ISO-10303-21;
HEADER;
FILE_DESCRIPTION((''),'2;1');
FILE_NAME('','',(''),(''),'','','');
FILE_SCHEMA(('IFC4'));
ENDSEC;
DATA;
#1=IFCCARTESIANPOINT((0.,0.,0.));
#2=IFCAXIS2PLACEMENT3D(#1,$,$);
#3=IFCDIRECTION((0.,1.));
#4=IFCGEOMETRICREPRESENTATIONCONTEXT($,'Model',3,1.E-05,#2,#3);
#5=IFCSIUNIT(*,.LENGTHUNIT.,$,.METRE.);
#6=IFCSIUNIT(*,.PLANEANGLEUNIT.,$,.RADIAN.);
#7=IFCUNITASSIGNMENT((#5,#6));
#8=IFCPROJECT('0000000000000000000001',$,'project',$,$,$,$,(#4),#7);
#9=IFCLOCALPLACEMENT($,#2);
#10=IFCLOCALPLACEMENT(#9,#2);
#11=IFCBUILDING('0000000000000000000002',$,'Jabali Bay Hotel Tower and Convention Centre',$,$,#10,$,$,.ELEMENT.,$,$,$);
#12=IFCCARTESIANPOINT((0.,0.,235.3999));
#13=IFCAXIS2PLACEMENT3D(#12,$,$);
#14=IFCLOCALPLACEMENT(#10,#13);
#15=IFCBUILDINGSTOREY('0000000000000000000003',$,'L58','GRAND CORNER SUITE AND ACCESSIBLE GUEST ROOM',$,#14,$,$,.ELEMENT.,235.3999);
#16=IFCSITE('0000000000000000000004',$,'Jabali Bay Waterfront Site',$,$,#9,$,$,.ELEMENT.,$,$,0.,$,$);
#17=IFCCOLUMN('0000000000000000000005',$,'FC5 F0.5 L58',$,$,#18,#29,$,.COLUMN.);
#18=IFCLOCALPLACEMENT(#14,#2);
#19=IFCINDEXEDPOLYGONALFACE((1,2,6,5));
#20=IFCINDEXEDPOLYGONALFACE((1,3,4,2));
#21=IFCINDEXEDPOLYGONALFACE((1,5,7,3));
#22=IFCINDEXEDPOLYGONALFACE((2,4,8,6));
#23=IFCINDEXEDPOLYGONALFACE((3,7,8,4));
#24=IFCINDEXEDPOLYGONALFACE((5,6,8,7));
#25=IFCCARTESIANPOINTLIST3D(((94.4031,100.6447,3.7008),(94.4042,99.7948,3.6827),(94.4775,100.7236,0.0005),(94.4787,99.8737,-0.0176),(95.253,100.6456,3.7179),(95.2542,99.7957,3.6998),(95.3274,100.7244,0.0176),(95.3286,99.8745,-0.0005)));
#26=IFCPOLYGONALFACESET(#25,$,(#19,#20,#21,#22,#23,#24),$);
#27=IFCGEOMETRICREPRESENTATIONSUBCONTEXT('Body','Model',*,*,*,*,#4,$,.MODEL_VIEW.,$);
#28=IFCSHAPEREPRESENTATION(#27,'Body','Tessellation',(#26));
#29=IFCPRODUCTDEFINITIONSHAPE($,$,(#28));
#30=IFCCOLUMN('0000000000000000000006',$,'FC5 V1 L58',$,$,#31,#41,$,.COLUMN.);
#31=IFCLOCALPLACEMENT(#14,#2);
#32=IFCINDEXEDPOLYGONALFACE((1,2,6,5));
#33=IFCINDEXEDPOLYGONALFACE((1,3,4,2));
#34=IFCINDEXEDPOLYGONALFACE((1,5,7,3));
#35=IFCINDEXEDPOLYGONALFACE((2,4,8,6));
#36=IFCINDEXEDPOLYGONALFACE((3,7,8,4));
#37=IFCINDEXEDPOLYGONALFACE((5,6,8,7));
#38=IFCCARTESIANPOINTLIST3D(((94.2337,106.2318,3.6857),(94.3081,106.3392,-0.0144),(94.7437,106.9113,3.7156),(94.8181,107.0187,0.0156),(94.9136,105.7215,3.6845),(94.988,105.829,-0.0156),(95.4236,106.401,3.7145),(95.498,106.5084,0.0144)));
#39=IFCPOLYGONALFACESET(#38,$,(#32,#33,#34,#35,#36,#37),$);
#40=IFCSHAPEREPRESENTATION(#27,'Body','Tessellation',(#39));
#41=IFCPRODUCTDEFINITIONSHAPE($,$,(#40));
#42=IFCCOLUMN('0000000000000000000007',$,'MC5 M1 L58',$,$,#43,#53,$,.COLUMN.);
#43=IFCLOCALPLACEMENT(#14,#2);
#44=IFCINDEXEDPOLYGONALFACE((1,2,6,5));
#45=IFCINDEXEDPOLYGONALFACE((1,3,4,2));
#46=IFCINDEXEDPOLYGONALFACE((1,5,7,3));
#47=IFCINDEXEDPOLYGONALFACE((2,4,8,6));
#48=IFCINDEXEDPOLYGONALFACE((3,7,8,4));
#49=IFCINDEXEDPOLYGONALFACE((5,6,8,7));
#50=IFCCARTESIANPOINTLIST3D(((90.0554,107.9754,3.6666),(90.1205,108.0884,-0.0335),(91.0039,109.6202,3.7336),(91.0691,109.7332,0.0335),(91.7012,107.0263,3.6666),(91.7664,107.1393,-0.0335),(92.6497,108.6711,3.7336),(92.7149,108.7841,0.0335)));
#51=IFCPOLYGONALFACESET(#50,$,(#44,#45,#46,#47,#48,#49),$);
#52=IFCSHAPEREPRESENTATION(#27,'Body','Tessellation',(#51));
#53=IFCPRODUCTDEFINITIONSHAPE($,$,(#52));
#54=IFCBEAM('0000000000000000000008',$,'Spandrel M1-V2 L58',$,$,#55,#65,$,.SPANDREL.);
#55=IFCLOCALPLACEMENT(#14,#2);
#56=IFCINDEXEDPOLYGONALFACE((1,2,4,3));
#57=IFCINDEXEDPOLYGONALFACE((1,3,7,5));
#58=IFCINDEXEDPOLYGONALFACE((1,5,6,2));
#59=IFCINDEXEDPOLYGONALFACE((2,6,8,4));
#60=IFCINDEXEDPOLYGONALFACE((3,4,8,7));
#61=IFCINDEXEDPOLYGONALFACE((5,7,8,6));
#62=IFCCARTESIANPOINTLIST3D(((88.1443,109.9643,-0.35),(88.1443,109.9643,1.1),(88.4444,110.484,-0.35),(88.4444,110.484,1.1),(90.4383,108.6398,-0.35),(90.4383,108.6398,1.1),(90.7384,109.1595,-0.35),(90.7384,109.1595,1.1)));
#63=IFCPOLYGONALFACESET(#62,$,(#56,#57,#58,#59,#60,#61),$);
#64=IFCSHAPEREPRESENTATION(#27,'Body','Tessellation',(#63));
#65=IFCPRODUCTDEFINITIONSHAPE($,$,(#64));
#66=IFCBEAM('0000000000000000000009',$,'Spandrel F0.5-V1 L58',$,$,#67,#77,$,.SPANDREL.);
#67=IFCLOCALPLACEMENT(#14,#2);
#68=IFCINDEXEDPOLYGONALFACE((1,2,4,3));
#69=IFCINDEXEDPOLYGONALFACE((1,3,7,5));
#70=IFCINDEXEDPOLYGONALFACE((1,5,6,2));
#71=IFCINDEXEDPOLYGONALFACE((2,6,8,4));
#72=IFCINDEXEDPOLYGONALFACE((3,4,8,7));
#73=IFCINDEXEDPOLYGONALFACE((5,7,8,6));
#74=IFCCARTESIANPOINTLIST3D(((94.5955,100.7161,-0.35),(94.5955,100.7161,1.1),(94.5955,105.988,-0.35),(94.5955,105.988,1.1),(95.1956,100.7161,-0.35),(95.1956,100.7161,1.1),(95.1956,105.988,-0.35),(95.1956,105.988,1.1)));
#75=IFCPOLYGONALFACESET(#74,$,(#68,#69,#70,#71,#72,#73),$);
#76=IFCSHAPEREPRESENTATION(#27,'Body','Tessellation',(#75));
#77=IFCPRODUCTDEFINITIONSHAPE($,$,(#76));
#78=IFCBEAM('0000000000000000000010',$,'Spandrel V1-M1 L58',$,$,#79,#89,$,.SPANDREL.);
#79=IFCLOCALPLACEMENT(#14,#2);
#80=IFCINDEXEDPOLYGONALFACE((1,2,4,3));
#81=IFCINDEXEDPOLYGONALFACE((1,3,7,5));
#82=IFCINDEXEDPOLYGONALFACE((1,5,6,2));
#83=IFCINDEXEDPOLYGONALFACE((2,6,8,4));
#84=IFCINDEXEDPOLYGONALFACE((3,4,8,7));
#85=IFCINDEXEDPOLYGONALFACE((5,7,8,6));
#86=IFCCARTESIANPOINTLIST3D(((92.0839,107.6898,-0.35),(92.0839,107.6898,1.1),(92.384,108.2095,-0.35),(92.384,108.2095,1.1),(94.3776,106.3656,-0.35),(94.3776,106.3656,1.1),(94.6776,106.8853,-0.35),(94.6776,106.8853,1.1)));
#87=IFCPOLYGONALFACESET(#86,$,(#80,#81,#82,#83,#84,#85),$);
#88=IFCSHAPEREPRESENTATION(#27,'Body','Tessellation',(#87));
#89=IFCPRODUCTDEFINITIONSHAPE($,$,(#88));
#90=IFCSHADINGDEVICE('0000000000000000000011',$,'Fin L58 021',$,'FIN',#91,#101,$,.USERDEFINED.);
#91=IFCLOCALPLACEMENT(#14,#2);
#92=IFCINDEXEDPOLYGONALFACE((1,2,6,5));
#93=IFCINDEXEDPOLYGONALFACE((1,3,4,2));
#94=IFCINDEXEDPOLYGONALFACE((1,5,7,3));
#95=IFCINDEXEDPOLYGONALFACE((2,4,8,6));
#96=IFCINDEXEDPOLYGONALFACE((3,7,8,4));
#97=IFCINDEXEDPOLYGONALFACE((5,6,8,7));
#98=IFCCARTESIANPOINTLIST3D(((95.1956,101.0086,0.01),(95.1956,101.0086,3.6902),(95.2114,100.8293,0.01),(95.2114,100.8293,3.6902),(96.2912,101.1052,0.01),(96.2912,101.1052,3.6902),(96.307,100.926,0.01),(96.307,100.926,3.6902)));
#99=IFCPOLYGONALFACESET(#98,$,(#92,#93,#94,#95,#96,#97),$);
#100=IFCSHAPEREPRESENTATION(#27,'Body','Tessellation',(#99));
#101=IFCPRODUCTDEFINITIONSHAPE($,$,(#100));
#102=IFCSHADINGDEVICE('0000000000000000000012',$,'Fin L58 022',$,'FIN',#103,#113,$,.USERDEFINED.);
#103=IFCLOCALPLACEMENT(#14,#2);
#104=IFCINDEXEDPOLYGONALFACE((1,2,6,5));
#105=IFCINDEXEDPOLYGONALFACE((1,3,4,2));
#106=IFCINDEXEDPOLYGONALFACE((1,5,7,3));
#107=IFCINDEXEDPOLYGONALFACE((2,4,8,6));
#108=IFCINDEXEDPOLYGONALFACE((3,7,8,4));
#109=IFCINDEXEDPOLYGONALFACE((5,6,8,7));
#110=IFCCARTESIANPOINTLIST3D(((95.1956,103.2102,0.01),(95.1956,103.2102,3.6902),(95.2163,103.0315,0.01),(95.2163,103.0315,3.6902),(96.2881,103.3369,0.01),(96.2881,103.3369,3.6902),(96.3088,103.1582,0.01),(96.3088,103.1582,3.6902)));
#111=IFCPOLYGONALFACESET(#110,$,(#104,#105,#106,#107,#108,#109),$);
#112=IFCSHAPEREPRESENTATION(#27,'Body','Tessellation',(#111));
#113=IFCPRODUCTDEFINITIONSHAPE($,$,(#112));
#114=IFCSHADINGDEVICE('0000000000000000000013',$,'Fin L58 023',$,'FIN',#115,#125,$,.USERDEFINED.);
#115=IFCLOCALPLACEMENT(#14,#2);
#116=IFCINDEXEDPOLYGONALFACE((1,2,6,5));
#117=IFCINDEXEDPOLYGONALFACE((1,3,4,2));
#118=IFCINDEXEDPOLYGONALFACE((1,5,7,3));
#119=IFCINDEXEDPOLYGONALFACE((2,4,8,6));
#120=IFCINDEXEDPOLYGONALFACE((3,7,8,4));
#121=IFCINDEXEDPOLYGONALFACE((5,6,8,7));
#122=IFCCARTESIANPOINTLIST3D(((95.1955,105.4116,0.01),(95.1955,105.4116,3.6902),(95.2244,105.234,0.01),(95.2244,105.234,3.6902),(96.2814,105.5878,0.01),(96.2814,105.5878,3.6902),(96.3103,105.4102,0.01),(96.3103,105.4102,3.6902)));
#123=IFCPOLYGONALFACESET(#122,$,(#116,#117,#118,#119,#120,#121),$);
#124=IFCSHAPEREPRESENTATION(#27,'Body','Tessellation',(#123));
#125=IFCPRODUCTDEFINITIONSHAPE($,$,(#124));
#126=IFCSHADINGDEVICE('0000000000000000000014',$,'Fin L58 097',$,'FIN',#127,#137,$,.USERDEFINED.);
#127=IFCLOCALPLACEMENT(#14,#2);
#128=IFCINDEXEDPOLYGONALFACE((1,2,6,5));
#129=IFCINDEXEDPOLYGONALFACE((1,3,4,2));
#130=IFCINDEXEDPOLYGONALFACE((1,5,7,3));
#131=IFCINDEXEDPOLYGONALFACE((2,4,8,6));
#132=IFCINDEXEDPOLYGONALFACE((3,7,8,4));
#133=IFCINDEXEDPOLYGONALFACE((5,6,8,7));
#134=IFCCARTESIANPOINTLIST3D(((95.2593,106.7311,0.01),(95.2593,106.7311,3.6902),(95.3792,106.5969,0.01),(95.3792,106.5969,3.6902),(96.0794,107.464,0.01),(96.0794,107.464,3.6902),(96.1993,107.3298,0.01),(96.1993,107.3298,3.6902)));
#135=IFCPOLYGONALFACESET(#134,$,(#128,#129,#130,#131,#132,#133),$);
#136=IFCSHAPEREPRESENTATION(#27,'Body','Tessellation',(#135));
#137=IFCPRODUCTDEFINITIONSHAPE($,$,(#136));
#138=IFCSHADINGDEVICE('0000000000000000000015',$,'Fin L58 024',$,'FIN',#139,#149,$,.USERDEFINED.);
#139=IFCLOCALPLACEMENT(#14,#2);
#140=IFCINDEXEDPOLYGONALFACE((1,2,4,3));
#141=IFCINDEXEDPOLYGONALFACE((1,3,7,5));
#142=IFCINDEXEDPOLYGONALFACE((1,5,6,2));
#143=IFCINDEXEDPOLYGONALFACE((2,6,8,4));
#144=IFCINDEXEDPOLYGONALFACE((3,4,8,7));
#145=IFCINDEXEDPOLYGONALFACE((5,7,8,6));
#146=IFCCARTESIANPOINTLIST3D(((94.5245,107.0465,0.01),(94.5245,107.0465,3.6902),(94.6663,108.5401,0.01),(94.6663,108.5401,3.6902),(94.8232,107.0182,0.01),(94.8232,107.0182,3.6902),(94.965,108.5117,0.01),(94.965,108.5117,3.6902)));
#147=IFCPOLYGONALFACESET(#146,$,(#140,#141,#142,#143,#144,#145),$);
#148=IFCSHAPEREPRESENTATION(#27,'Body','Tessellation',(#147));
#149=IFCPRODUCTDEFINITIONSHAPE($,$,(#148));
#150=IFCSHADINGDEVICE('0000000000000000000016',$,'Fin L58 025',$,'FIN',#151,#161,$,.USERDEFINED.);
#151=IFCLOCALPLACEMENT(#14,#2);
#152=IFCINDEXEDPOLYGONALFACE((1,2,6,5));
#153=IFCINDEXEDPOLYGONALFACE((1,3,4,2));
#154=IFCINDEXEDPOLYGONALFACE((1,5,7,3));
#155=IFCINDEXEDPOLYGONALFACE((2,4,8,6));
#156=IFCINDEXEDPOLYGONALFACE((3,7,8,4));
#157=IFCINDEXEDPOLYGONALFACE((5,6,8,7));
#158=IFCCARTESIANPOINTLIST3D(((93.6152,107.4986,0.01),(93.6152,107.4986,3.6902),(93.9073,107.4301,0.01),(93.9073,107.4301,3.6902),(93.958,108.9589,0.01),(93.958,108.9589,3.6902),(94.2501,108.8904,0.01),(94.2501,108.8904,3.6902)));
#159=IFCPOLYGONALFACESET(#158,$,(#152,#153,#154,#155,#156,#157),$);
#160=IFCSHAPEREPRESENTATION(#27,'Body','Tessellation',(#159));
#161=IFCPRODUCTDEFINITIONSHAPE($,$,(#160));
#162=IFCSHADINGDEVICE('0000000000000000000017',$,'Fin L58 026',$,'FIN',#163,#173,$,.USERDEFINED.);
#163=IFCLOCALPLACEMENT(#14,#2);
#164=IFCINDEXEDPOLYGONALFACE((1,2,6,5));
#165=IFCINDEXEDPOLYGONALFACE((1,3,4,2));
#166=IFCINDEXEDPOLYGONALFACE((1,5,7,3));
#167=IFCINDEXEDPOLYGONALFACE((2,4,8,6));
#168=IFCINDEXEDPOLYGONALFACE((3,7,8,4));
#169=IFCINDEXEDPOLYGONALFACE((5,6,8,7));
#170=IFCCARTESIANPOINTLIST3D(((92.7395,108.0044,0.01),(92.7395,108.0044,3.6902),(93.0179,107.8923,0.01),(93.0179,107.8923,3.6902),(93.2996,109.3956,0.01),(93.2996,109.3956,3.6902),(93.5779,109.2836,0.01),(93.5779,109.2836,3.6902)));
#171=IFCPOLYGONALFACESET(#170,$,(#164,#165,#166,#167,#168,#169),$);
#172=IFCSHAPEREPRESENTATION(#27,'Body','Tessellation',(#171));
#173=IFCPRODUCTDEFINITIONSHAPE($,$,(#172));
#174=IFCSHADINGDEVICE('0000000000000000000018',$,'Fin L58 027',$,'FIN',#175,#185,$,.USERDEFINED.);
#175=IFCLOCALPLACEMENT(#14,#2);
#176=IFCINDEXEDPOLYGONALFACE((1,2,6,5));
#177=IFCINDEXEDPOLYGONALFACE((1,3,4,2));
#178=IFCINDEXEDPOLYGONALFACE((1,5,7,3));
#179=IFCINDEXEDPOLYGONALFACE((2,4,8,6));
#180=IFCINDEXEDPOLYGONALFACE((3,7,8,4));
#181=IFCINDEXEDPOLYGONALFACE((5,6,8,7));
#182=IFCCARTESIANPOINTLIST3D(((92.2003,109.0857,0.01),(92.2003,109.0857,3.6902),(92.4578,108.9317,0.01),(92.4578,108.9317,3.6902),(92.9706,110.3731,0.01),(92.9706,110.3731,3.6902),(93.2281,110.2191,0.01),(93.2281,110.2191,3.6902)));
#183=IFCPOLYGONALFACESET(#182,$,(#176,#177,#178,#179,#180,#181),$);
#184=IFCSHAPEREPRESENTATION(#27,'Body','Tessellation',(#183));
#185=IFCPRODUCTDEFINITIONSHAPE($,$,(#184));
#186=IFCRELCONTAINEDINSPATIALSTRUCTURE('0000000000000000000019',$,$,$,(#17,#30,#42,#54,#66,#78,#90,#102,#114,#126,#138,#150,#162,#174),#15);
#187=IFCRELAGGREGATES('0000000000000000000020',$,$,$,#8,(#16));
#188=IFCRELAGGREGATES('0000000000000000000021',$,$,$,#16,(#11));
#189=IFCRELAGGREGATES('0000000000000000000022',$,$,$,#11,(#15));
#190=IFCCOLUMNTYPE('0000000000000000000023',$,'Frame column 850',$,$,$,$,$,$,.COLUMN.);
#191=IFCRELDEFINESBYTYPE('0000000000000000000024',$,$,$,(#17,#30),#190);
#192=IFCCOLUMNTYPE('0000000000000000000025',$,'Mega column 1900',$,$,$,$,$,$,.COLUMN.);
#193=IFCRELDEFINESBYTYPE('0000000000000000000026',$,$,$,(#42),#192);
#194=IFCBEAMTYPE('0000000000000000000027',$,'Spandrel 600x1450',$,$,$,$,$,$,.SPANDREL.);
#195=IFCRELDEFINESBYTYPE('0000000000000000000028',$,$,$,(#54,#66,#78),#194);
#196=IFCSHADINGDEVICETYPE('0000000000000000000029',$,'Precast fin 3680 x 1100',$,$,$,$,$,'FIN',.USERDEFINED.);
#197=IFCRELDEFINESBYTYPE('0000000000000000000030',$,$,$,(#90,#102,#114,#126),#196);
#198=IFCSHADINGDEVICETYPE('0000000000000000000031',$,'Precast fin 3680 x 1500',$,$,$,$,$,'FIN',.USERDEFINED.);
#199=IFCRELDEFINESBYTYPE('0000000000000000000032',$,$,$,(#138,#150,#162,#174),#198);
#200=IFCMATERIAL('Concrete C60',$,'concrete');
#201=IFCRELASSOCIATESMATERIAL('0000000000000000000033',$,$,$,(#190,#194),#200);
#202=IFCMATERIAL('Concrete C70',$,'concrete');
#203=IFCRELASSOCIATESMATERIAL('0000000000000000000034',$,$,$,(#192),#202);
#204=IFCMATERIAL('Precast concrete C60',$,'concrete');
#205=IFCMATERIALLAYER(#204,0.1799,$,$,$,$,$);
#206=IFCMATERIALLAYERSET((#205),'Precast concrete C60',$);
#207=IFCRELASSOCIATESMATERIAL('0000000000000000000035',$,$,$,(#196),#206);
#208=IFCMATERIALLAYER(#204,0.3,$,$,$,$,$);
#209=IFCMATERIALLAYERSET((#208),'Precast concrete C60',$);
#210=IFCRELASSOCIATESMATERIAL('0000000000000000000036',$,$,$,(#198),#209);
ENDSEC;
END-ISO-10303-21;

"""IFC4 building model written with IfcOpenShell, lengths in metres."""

from ifc_helpers import new_model, si_unit, direction, frame, frame_2d, origin, origin_2d, place, context, subcontext, project, spatial, rectangle, extrude, material, layer, layer_set, material_profile, profile_set, type_object, element, save


model = new_model("IFC4")

# Units and contexts
model_context = context("Model", 3, precision=1e-05, world=origin(), true_north=direction((0.0, 1.0)))
body_context = subcontext(model_context, "Body", "Model", "MODEL_VIEW")
ifc_project = project(units=[si_unit("LENGTHUNIT", "METRE"), si_unit("PLANEANGLEUNIT", "RADIAN")], contexts=[model_context])

# Site, building, storey
site_placement = place(None, origin())
site = spatial("IfcSite", under=ifc_project, at=site_placement, Name="Jabali Bay Waterfront Site", CompositionType="ELEMENT", RefElevation=0.0)
building_placement = place(site_placement, origin())
building = spatial("IfcBuilding", under=site, at=building_placement, Name="Jabali Bay Hotel Tower and Convention Centre", CompositionType="ELEMENT")
storey_placement = place(building_placement, frame((0.0, 0.0, 235.3999)))
storey = spatial("IfcBuildingStorey", under=building, at=storey_placement, Name="L58", Description="GRAND CORNER SUITE AND ACCESSIBLE GUEST ROOM", CompositionType="ELEMENT", Elevation=235.3999)

# Columns
ifc_material_1 = material(Name="Concrete C60", Category="concrete")
ifc_material_profile_1 = material_profile(ifc_material_1, rectangle(XDim=0.8501, YDim=0.8501, at=origin_2d()), Name="Frame column 850")
ifc_profile_set_1 = profile_set([ifc_material_profile_1], Name="Concrete C60")
column_type_1 = type_object("IfcColumnType", Name="Frame column 850", PredefinedType="COLUMN", material=ifc_profile_set_1)
column_1_placement = place(storey_placement, frame((94.9031, 100.2991, 0.0), z_axis=(-0.020115, -0.021303, 0.999571), x_axis=(0.999797, 0.000976, 0.020141)))
element("IfcColumn", 1, at=column_1_placement, inside=storey, type_object=column_type_1, Name="FC5 F0.5 L58", PredefinedType="COLUMN", context=body_context, shape_type="SweptSolid", body=[
    extrude(rectangle(XDim=0.8501, YDim=0.8501, at=origin_2d()), origin(), (0.0, 0.0, 1.0), 3.7019),
])
column_2_placement = place(storey_placement, frame((94.9031, 106.4238, 0.0), z_axis=(-0.020111, -0.029013, 0.999377), x_axis=(0.599942, 0.799265, 0.035277)))
element("IfcColumn", 2, at=column_2_placement, inside=storey, type_object=column_type_1, Name="FC5 V1 L58", PredefinedType="COLUMN", context=body_context, shape_type="SweptSolid", body=[
    extrude(rectangle(XDim=0.8501, YDim=0.8501, at=origin_2d()), origin(), (0.0, 0.0, 1.0), 3.7024),
])
ifc_material_2 = material(Name="Concrete C70", Category="concrete")
ifc_material_profile_2 = material_profile(ifc_material_2, rectangle(XDim=1.8999, YDim=1.8999, at=origin_2d()), Name="Mega column 1900")
ifc_profile_set_2 = profile_set([ifc_material_profile_2], Name="Concrete C70")
column_type_2 = type_object("IfcColumnType", Name="Mega column 1900", PredefinedType="COLUMN", material=ifc_profile_set_2)
column_3_placement = place(storey_placement, frame((91.4177, 108.4363, 0.0), z_axis=(-0.017606, -0.03053, 0.999379), x_axis=(0.866282, -0.499555, 0.0)))
element("IfcColumn", 3, at=column_3_placement, inside=storey, type_object=column_type_2, Name="MC5 M1 L58", PredefinedType="COLUMN", context=body_context, shape_type="SweptSolid", body=[
    extrude(rectangle(XDim=1.8999, YDim=1.8999, at=origin_2d()), origin(), (0.0, 0.0, 1.0), 3.7024),
])

# Beams
ifc_material_profile_3 = material_profile(ifc_material_1, rectangle(XDim=0.6001, YDim=1.45, at=origin_2d()), Name="Spandrel 600x1450")
ifc_profile_set_3 = profile_set([ifc_material_profile_3], Name="Concrete C60")
beam_type = type_object("IfcBeamType", Name="Spandrel 600x1450", PredefinedType="SPANDREL", material=ifc_profile_set_3)
beam_1_placement = place(storey_placement, frame((90.5884, 108.8997, 0.375), z_axis=(-0.866017, 0.500015, 0.0), x_axis=(-0.500015, -0.866017, 0.0)))
element("IfcBeam", 4, at=beam_1_placement, inside=storey, type_object=beam_type, Name="Spandrel M1-V2 L58", PredefinedType="SPANDREL", context=body_context, shape_type="SweptSolid", body=[
    extrude(rectangle(XDim=0.6001, YDim=1.45, at=origin_2d()), origin(), (0.0, 0.0, 1.0), 2.6489),
])
beam_2_placement = place(storey_placement, frame((94.8955, 100.7161, 0.375), z_axis=(0.0, 1.0, 0.0), x_axis=(-1.0, 0.0, 0.0)))
element("IfcBeam", 5, at=beam_2_placement, inside=storey, type_object=beam_type, Name="Spandrel F0.5-V1 L58", PredefinedType="SPANDREL", context=body_context, shape_type="SweptSolid", body=[
    extrude(rectangle(XDim=0.6001, YDim=1.45, at=origin_2d()), origin(), (0.0, 0.0, 1.0), 5.272),
])
beam_3_placement = place(storey_placement, frame((94.5276, 106.6255, 0.375), z_axis=(-0.866034, 0.499986, 0.0), x_axis=(-0.499986, -0.866034, 0.0)))
element("IfcBeam", 6, at=beam_3_placement, inside=storey, type_object=beam_type, Name="Spandrel V1-M1 L58", PredefinedType="SPANDREL", context=body_context, shape_type="SweptSolid", body=[
    extrude(rectangle(XDim=0.6001, YDim=1.45, at=origin_2d()), origin(), (0.0, 0.0, 1.0), 2.6484),
])

# Shading devices
ifc_material_3 = material(Name="Precast concrete C60", Category="concrete")
ifc_layer_1 = layer(ifc_material_3, 0.1799)
ifc_layer_set_1 = layer_set([ifc_layer_1], Name="Precast concrete C60")
shading_device_type_1 = type_object("IfcShadingDeviceType", Name="Precast fin 3680 x 1100", ElementType="FIN", PredefinedType="USERDEFINED", material=ifc_layer_set_1)
for number, where, z_axis, x_axis, name in (
    (7, (95.2036, 100.9189, 0.01), (0.0, 0.0, 1.0), (0.99613, 0.087894, 0.0), "Fin L58 021"),
    (8, (95.2061, 103.1208, 0.01), (0.0, 0.0, 1.0), (0.993342, 0.115205, 0.0), "Fin L58 022"),
):
    element("IfcShadingDevice", number, at=place(storey_placement, frame(where, z_axis=z_axis, x_axis=x_axis)), inside=storey, type_object=shading_device_type_1, Name=name, ObjectType="FIN", PredefinedType="USERDEFINED", context=body_context, shape_type="SweptSolid", body=[
        extrude(rectangle(XDim=1.0999, YDim=0.1799, at=frame_2d((0.5498, 0.0))), origin(), (0.0, 0.0, 1.0), 3.6802),
    ])
shading_device_1_placement = place(storey_placement, frame((95.21, 105.3228, 0.01), z_axis=(0.0, 0.0, 1.0), x_axis=(0.987081, 0.160223, 0.0)))
element("IfcShadingDevice", 9, at=shading_device_1_placement, inside=storey, type_object=shading_device_type_1, Name="Fin L58 023", ObjectType="FIN", PredefinedType="USERDEFINED", context=body_context, shape_type="SweptSolid", body=[
    extrude(rectangle(XDim=1.1001, YDim=0.1799, at=frame_2d((0.55, 0.0))), origin(), (0.0, 0.0, 1.0), 3.6802),
])
shading_device_2_placement = place(storey_placement, frame((95.3193, 106.6641, 0.01), z_axis=(0.0, 0.0, 1.0), x_axis=(0.745619, 0.666373, 0.0)))
element("IfcShadingDevice", 10, at=shading_device_2_placement, inside=storey, type_object=shading_device_type_1, Name="Fin L58 097", ObjectType="FIN", PredefinedType="USERDEFINED", context=body_context, shape_type="SweptSolid", body=[
    extrude(rectangle(XDim=1.0999, YDim=0.1799, at=frame_2d((0.5498, 0.0))), origin(), (0.0, 0.0, 1.0), 3.6802),
])
ifc_layer_2 = layer(ifc_material_3, 0.3)
ifc_layer_set_2 = layer_set([ifc_layer_2], Name="Precast concrete C60")
shading_device_type_2 = type_object("IfcShadingDeviceType", Name="Precast fin 3680 x 1500", ElementType="FIN", PredefinedType="USERDEFINED", material=ifc_layer_set_2)
shading_device_3_placement = place(storey_placement, frame((94.6738, 107.0325, 0.01), z_axis=(0.0, 0.0, 1.0), x_axis=(0.094556, 0.99552, 0.0)))
element("IfcShadingDevice", 11, at=shading_device_3_placement, inside=storey, type_object=shading_device_type_2, Name="Fin L58 024", ObjectType="FIN", PredefinedType="USERDEFINED", context=body_context, shape_type="SweptSolid", body=[
    extrude(rectangle(XDim=1.5002, YDim=0.3, at=frame_2d((0.75, 0.0))), origin(), (0.0, 0.0, 1.0), 3.6802),
])
shading_device_4_placement = place(storey_placement, frame((93.7612, 107.4644, 0.01), z_axis=(0.0, 0.0, 1.0), x_axis=(0.228531, 0.973537, 0.0)))
element("IfcShadingDevice", 12, at=shading_device_4_placement, inside=storey, type_object=shading_device_type_2, Name="Fin L58 025", ObjectType="FIN", PredefinedType="USERDEFINED", context=body_context, shape_type="SweptSolid", body=[
    extrude(rectangle(XDim=1.5, YDim=0.3, at=frame_2d((0.75, 0.0))), origin(), (0.0, 0.0, 1.0), 3.6802),
])
shading_device_5_placement = place(storey_placement, frame((92.8787, 107.9482, 0.01), z_axis=(0.0, 0.0, 1.0), x_axis=(0.37341, 0.927666, 0.0)))
element("IfcShadingDevice", 13, at=shading_device_5_placement, inside=storey, type_object=shading_device_type_2, Name="Fin L58 026", ObjectType="FIN", PredefinedType="USERDEFINED", context=body_context, shape_type="SweptSolid", body=[
    extrude(rectangle(XDim=1.4998, YDim=0.3, at=frame_2d((0.75, 0.0))), origin(), (0.0, 0.0, 1.0), 3.6802),
])
shading_device_6_placement = place(storey_placement, frame((92.3291, 109.0088, 0.01), z_axis=(0.0, 0.0, 1.0), x_axis=(0.513442, 0.858124, 0.0)))
element("IfcShadingDevice", 14, at=shading_device_6_placement, inside=storey, type_object=shading_device_type_2, Name="Fin L58 027", ObjectType="FIN", PredefinedType="USERDEFINED", context=body_context, shape_type="SweptSolid", body=[
    extrude(rectangle(XDim=1.5002, YDim=0.3, at=frame_2d((0.75, 0.0))), origin(), (0.0, 0.0, 1.0), 3.6802),
])

save(model, "model.ifc")
